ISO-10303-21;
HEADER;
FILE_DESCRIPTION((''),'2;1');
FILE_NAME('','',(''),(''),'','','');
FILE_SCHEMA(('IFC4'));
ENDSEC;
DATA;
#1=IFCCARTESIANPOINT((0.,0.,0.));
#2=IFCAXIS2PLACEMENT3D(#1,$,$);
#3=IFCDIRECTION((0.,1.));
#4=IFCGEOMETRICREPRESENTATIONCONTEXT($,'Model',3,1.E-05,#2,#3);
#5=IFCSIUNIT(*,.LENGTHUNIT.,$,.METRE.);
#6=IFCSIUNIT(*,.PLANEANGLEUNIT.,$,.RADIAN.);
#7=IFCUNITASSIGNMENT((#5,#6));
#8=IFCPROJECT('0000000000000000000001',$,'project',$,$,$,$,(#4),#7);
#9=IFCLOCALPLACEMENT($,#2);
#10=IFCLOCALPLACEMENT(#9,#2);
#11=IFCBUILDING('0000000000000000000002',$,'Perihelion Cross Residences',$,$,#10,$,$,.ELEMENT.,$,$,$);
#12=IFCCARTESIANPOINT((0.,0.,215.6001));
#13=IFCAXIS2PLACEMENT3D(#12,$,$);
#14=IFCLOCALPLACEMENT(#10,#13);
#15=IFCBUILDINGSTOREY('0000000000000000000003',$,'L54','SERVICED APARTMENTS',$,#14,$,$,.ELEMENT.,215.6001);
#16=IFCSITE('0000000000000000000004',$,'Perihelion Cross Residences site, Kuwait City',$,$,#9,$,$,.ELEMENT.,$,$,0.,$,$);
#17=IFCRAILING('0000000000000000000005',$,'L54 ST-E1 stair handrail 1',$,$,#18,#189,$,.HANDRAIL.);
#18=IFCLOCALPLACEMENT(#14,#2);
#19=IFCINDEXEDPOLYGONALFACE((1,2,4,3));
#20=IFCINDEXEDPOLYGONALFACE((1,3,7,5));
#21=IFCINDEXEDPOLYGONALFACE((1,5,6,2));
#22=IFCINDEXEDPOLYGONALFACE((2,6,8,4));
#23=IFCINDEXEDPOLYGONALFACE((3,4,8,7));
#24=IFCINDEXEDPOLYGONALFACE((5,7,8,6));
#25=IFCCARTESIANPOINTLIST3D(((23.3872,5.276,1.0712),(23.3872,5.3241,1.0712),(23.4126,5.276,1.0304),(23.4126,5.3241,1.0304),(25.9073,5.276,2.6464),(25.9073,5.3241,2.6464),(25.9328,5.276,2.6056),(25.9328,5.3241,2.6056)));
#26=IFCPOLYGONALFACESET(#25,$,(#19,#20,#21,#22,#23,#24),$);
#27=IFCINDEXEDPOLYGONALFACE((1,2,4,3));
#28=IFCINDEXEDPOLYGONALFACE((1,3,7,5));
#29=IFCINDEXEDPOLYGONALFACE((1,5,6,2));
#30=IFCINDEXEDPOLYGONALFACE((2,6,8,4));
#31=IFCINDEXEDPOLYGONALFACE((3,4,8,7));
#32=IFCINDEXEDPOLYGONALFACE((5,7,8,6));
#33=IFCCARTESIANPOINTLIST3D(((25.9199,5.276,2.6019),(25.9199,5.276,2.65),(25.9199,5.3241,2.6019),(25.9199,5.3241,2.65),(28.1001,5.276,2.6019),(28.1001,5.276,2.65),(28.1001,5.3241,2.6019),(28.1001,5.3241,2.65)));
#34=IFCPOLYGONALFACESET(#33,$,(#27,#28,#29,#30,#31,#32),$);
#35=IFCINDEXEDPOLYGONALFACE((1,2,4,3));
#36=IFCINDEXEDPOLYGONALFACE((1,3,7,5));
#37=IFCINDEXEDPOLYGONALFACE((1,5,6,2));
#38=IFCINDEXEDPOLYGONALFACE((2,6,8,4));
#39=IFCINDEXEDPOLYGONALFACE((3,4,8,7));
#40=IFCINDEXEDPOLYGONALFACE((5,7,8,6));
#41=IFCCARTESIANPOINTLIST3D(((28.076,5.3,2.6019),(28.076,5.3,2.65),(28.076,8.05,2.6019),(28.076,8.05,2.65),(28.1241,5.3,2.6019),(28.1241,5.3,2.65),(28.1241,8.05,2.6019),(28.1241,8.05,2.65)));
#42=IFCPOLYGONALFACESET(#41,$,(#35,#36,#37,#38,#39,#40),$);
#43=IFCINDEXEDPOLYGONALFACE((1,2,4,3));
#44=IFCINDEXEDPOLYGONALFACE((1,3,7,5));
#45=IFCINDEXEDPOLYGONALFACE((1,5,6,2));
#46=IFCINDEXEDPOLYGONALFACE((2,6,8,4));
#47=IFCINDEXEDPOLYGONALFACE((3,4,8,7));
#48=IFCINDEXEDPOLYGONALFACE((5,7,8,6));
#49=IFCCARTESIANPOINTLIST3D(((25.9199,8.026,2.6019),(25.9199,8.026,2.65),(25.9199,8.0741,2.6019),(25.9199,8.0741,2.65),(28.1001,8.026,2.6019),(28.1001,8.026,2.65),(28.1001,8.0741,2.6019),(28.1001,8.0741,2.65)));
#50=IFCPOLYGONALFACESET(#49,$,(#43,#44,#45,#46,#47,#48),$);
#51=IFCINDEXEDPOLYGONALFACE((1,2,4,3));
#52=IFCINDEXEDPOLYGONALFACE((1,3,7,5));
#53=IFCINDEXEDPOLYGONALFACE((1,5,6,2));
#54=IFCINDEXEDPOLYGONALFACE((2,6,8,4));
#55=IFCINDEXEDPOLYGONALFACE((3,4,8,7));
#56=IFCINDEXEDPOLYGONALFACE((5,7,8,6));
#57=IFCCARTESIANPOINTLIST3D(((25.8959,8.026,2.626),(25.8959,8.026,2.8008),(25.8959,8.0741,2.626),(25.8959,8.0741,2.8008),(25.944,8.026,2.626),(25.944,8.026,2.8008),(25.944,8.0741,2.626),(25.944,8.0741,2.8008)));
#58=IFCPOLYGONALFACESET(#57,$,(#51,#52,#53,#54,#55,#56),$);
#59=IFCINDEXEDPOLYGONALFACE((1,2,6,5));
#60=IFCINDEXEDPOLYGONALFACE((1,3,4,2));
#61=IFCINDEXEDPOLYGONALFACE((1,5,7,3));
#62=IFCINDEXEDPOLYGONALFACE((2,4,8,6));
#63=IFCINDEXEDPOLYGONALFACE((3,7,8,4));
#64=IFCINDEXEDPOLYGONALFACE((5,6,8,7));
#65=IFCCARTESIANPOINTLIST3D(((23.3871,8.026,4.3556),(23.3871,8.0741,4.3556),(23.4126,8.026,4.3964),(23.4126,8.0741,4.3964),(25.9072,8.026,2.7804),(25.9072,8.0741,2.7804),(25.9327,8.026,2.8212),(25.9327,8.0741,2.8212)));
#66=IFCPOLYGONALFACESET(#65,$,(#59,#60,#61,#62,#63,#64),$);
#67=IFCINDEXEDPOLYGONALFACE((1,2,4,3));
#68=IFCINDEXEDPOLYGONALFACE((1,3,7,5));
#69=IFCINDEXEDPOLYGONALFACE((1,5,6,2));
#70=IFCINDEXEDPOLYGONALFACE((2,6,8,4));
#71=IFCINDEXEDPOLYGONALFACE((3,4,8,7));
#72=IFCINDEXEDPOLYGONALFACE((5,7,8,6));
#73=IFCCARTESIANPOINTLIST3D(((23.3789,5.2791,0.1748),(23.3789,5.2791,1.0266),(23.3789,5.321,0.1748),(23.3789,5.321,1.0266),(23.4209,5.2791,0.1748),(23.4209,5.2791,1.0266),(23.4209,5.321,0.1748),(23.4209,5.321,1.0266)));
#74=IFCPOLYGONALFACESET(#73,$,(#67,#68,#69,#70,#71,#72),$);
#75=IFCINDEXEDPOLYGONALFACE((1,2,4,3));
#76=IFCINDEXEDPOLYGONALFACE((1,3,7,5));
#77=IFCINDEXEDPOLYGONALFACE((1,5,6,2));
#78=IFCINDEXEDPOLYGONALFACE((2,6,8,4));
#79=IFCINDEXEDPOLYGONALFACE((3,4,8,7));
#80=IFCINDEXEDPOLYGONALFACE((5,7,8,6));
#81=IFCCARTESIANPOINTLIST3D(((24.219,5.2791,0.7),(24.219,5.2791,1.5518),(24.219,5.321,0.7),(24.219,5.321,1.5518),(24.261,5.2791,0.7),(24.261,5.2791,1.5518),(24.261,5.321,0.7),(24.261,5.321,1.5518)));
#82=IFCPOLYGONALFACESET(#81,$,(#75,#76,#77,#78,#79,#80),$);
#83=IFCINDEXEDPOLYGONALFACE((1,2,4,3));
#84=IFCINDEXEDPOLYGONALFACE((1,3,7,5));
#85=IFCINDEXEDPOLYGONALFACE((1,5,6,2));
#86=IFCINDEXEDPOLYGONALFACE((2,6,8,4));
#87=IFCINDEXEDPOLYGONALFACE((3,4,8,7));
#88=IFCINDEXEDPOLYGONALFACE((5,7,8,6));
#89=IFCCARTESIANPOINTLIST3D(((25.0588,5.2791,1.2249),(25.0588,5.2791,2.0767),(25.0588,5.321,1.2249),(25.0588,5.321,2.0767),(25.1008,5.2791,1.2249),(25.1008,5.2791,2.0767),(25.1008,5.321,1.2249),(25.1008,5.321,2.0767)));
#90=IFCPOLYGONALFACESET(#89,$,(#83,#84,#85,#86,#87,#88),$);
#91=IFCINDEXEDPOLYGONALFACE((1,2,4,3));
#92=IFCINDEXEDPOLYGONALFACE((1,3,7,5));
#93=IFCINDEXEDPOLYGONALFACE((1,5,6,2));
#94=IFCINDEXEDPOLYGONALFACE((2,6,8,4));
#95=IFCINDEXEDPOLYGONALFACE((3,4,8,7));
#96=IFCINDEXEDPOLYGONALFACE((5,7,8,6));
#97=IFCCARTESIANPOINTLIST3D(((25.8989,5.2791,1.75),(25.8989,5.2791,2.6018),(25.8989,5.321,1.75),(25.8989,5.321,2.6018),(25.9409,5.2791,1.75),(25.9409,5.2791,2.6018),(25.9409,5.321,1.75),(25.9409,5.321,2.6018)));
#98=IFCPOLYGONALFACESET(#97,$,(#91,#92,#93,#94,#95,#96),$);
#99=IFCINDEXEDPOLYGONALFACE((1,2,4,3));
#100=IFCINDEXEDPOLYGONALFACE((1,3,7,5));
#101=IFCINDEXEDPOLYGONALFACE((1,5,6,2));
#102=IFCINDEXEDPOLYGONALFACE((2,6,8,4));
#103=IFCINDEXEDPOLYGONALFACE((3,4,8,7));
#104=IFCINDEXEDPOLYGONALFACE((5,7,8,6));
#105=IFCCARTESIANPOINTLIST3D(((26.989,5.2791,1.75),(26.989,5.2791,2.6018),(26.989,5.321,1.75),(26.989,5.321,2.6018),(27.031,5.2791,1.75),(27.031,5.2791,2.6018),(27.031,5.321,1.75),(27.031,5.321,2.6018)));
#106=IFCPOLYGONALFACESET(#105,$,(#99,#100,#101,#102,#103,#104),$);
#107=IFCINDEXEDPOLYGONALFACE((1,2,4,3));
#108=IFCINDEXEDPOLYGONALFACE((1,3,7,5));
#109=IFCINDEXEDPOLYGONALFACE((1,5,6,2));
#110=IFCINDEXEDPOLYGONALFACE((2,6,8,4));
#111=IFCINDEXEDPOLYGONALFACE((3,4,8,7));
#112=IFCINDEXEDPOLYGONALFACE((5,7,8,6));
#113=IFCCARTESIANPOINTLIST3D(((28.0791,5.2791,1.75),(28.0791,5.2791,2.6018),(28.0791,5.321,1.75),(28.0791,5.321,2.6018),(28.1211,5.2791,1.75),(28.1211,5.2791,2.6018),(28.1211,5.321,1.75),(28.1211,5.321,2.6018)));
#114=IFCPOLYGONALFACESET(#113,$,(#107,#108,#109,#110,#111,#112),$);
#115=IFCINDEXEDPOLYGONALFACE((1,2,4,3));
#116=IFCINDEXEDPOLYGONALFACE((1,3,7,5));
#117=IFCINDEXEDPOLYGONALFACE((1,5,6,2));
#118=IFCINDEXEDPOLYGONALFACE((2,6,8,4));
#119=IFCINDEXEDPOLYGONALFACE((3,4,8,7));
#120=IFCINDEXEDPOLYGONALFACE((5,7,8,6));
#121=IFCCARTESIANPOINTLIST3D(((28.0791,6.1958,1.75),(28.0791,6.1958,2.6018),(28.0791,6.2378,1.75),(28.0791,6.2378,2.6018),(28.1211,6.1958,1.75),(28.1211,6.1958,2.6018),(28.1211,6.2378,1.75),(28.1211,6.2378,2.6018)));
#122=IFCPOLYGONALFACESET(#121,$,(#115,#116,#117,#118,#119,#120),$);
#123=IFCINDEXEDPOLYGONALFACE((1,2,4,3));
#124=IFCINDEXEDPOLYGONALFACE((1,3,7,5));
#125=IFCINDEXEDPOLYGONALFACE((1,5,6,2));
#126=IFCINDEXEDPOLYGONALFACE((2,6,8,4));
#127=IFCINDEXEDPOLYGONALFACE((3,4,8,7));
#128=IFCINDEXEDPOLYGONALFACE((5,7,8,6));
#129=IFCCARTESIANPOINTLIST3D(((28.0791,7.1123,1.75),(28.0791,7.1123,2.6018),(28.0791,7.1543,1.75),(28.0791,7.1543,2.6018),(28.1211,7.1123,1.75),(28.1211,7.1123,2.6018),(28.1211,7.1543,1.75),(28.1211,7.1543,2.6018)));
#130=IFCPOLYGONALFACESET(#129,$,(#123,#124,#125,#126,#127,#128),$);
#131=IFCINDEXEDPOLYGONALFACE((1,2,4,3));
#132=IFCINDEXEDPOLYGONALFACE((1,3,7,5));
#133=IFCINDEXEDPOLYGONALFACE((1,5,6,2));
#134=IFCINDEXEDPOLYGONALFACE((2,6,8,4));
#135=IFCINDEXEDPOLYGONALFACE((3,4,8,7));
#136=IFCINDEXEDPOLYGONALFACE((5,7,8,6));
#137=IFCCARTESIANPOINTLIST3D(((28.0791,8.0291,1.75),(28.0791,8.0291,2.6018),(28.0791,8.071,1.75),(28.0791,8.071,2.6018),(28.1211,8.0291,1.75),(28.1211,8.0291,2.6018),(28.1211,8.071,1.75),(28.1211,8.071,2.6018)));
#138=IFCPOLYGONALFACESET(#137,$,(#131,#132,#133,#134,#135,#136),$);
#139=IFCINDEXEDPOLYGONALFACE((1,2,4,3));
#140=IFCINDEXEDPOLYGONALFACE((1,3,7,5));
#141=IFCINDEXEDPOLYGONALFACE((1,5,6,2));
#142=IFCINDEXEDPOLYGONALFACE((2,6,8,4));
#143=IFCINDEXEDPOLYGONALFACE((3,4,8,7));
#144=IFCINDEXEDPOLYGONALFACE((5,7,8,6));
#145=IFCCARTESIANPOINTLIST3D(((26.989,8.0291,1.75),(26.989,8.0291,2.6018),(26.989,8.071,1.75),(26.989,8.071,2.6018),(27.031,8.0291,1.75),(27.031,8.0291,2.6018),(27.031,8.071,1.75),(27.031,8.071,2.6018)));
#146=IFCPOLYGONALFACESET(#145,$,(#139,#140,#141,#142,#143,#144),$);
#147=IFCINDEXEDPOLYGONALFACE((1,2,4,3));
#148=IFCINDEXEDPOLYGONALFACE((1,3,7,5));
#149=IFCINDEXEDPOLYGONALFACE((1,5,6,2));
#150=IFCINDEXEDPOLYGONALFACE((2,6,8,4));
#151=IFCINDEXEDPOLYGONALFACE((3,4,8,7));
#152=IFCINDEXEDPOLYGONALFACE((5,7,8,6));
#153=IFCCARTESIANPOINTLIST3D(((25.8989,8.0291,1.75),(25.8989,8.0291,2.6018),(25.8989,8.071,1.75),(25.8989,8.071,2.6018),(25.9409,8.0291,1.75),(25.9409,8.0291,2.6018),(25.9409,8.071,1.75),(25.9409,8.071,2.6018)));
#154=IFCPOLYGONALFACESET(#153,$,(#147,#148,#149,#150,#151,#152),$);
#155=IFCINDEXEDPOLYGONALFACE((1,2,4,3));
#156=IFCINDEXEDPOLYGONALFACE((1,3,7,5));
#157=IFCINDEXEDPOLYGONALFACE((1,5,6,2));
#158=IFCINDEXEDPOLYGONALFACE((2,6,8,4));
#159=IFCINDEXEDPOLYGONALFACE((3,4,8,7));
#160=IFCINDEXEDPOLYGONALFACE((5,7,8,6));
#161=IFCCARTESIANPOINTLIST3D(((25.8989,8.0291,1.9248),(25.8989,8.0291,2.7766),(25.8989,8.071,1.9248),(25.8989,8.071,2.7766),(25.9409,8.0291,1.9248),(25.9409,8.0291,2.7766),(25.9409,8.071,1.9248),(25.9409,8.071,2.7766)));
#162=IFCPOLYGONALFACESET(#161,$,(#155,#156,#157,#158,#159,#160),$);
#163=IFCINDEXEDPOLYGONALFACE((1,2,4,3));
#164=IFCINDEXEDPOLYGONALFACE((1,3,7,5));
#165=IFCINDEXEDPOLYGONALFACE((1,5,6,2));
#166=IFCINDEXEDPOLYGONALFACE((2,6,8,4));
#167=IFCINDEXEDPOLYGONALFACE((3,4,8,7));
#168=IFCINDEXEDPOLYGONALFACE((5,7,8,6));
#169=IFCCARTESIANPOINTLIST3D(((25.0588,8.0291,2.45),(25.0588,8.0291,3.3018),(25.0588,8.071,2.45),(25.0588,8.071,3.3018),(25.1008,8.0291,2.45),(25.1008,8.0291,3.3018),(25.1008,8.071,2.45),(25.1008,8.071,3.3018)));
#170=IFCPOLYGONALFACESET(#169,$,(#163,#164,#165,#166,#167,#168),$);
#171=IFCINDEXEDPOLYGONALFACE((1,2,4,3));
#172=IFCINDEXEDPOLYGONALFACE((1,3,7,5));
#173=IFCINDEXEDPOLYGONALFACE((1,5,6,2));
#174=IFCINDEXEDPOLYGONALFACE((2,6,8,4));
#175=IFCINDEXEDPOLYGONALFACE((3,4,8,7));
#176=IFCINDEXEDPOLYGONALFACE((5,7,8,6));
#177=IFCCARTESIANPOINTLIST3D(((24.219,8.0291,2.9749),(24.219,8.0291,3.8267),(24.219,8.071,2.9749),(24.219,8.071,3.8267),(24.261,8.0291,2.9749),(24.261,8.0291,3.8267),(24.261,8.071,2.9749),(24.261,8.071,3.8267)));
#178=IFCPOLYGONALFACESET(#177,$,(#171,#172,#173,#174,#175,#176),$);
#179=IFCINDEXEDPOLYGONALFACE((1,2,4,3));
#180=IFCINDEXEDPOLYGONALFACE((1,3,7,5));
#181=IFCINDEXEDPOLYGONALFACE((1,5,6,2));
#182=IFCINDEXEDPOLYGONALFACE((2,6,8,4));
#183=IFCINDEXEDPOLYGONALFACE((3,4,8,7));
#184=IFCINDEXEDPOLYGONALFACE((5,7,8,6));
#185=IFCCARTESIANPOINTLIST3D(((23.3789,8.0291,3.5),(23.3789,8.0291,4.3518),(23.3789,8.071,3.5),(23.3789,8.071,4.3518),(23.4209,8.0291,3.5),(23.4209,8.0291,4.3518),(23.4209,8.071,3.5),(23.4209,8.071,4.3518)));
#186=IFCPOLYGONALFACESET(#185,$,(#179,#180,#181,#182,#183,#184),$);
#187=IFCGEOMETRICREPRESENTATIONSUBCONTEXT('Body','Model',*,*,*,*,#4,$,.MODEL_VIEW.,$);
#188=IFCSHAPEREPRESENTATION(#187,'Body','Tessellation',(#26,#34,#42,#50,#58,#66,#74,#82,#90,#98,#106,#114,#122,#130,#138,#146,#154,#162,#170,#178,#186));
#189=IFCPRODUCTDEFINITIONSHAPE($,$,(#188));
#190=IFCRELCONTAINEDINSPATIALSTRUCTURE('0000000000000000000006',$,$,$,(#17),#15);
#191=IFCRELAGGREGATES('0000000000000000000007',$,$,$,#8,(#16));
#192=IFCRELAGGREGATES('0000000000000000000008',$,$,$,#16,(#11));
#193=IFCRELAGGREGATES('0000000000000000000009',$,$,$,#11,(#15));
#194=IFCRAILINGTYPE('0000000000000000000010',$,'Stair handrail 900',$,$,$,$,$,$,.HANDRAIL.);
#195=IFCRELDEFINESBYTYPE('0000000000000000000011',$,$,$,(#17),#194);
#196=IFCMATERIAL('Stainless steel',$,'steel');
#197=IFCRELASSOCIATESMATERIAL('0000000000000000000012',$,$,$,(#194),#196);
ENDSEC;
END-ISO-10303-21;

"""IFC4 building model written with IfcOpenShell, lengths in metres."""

from ifc_helpers import new_model, si_unit, direction, frame, origin, origin_2d, place, context, subcontext, project, spatial, rectangle, extrude, material, type_object, element, save


model = new_model("IFC4")

# Units and contexts
model_context = context("Model", 3, precision=1e-05, world=origin(), true_north=direction((0.0, 1.0)))
body_context = subcontext(model_context, "Body", "Model", "MODEL_VIEW")
ifc_project = project(units=[si_unit("LENGTHUNIT", "METRE"), si_unit("PLANEANGLEUNIT", "RADIAN")], contexts=[model_context])

# Site, building, storey
site_placement = place(None, origin())
site = spatial("IfcSite", under=ifc_project, at=site_placement, Name="Perihelion Cross Residences site, Kuwait City", CompositionType="ELEMENT", RefElevation=0.0)
building_placement = place(site_placement, origin())
building = spatial("IfcBuilding", under=site, at=building_placement, Name="Perihelion Cross Residences", CompositionType="ELEMENT")
storey_placement = place(building_placement, frame((0.0, 0.0, 215.6001)))
storey = spatial("IfcBuildingStorey", under=building, at=storey_placement, Name="L54", Description="SERVICED APARTMENTS", CompositionType="ELEMENT", Elevation=215.6001)

# Railing
ifc_material_1 = material(Name="Stainless steel", Category="steel")
railing_type_1 = type_object("IfcRailingType", Name="Stair handrail 900", PredefinedType="HANDRAIL", material=ifc_material_1)
railing_1_placement = place(storey_placement, frame((23.3999, 5.3, 0.1748)))
element("IfcRailing", 1, at=railing_1_placement, inside=storey, type_object=railing_type_1, Name="L54 ST-E1 stair handrail 1", PredefinedType="HANDRAIL", context=body_context, shape_type="SweptSolid", body=[
    extrude(rectangle(XDim=0.0481, YDim=0.0481, at=origin_2d()), frame((0.0, 0.0, 0.876), z_axis=(0.847971, 0.0, 0.530043), x_axis=(0.0, 1.0, 0.0)), (0.0, 0.0, 1.0), 2.9719),
    extrude(rectangle(XDim=0.0481, YDim=0.0481, at=origin_2d()), frame((2.52, 0.0, 2.4512), z_axis=(1.0, 0.0, 0.0), x_axis=(0.0, 1.0, 0.0)), (0.0, 0.0, 1.0), 2.1802),
    extrude(rectangle(XDim=0.0481, YDim=0.0481, at=origin_2d()), frame((4.7002, 0.0, 2.4512), z_axis=(0.0, 1.0, 0.0), x_axis=(-1.0, 0.0, 0.0)), (0.0, 0.0, 1.0), 2.75),
    extrude(rectangle(XDim=0.0481, YDim=0.0481, at=origin_2d()), frame((4.7002, 2.75, 2.4512), z_axis=(-1.0, 0.0, 0.0), x_axis=(0.0, -1.0, 0.0)), (0.0, 0.0, 1.0), 2.1802),
    extrude(rectangle(XDim=0.0481, YDim=0.0481, at=origin_2d()), frame((2.52, 2.75, 2.4512), z_axis=(0.0, 0.0, 1.0), x_axis=(1.0, 0.0, 0.0)), (0.0, 0.0, 1.0), 0.1748),
    extrude(rectangle(XDim=0.0481, YDim=0.0481, at=origin_2d()), frame((2.52, 2.75, 2.626), z_axis=(-0.847971, 0.0, 0.530043), x_axis=(0.0, -1.0, 0.0)), (0.0, 0.0, 1.0), 2.9719),
    extrude(rectangle(XDim=0.042, YDim=0.042, at=origin_2d()), origin(), (0.0, 0.0, 1.0), 0.8518),
    extrude(rectangle(XDim=0.042, YDim=0.042, at=origin_2d()), frame((0.8401, 0.0, 0.5251)), (0.0, 0.0, 1.0), 0.8518),
    extrude(rectangle(XDim=0.042, YDim=0.042, at=origin_2d()), frame((1.6799, 0.0, 1.05)), (0.0, 0.0, 1.0), 0.8518),
    extrude(rectangle(XDim=0.042, YDim=0.042, at=origin_2d()), frame((2.52, 0.0, 1.5752)), (0.0, 0.0, 1.0), 0.8518),
    extrude(rectangle(XDim=0.042, YDim=0.042, at=origin_2d()), frame((3.6101, 0.0, 1.5752)), (0.0, 0.0, 1.0), 0.8518),
    extrude(rectangle(XDim=0.042, YDim=0.042, at=origin_2d()), frame((4.7002, 0.0, 1.5752)), (0.0, 0.0, 1.0), 0.8518),
    extrude(rectangle(XDim=0.042, YDim=0.042, at=origin_2d()), frame((4.7002, 0.9167, 1.5752)), (0.0, 0.0, 1.0), 0.8518),
    extrude(rectangle(XDim=0.042, YDim=0.042, at=origin_2d()), frame((4.7002, 1.8333, 1.5752)), (0.0, 0.0, 1.0), 0.8518),
    extrude(rectangle(XDim=0.042, YDim=0.042, at=origin_2d()), frame((4.7002, 2.75, 1.5752)), (0.0, 0.0, 1.0), 0.8518),
    extrude(rectangle(XDim=0.042, YDim=0.042, at=origin_2d()), frame((3.6101, 2.75, 1.5752)), (0.0, 0.0, 1.0), 0.8518),
    extrude(rectangle(XDim=0.042, YDim=0.042, at=origin_2d()), frame((2.52, 2.75, 1.5752)), (0.0, 0.0, 1.0), 0.8518),
    extrude(rectangle(XDim=0.042, YDim=0.042, at=origin_2d()), frame((2.52, 2.75, 1.75)), (0.0, 0.0, 1.0), 0.8518),
    extrude(rectangle(XDim=0.042, YDim=0.042, at=origin_2d()), frame((1.6799, 2.75, 2.2751)), (0.0, 0.0, 1.0), 0.8518),
    extrude(rectangle(XDim=0.042, YDim=0.042, at=origin_2d()), frame((0.8401, 2.75, 2.8)), (0.0, 0.0, 1.0), 0.8518),
    extrude(rectangle(XDim=0.042, YDim=0.042, at=origin_2d()), frame((0.0, 2.75, 3.3252)), (0.0, 0.0, 1.0), 0.8518),
])

save(model, "model.ifc")
